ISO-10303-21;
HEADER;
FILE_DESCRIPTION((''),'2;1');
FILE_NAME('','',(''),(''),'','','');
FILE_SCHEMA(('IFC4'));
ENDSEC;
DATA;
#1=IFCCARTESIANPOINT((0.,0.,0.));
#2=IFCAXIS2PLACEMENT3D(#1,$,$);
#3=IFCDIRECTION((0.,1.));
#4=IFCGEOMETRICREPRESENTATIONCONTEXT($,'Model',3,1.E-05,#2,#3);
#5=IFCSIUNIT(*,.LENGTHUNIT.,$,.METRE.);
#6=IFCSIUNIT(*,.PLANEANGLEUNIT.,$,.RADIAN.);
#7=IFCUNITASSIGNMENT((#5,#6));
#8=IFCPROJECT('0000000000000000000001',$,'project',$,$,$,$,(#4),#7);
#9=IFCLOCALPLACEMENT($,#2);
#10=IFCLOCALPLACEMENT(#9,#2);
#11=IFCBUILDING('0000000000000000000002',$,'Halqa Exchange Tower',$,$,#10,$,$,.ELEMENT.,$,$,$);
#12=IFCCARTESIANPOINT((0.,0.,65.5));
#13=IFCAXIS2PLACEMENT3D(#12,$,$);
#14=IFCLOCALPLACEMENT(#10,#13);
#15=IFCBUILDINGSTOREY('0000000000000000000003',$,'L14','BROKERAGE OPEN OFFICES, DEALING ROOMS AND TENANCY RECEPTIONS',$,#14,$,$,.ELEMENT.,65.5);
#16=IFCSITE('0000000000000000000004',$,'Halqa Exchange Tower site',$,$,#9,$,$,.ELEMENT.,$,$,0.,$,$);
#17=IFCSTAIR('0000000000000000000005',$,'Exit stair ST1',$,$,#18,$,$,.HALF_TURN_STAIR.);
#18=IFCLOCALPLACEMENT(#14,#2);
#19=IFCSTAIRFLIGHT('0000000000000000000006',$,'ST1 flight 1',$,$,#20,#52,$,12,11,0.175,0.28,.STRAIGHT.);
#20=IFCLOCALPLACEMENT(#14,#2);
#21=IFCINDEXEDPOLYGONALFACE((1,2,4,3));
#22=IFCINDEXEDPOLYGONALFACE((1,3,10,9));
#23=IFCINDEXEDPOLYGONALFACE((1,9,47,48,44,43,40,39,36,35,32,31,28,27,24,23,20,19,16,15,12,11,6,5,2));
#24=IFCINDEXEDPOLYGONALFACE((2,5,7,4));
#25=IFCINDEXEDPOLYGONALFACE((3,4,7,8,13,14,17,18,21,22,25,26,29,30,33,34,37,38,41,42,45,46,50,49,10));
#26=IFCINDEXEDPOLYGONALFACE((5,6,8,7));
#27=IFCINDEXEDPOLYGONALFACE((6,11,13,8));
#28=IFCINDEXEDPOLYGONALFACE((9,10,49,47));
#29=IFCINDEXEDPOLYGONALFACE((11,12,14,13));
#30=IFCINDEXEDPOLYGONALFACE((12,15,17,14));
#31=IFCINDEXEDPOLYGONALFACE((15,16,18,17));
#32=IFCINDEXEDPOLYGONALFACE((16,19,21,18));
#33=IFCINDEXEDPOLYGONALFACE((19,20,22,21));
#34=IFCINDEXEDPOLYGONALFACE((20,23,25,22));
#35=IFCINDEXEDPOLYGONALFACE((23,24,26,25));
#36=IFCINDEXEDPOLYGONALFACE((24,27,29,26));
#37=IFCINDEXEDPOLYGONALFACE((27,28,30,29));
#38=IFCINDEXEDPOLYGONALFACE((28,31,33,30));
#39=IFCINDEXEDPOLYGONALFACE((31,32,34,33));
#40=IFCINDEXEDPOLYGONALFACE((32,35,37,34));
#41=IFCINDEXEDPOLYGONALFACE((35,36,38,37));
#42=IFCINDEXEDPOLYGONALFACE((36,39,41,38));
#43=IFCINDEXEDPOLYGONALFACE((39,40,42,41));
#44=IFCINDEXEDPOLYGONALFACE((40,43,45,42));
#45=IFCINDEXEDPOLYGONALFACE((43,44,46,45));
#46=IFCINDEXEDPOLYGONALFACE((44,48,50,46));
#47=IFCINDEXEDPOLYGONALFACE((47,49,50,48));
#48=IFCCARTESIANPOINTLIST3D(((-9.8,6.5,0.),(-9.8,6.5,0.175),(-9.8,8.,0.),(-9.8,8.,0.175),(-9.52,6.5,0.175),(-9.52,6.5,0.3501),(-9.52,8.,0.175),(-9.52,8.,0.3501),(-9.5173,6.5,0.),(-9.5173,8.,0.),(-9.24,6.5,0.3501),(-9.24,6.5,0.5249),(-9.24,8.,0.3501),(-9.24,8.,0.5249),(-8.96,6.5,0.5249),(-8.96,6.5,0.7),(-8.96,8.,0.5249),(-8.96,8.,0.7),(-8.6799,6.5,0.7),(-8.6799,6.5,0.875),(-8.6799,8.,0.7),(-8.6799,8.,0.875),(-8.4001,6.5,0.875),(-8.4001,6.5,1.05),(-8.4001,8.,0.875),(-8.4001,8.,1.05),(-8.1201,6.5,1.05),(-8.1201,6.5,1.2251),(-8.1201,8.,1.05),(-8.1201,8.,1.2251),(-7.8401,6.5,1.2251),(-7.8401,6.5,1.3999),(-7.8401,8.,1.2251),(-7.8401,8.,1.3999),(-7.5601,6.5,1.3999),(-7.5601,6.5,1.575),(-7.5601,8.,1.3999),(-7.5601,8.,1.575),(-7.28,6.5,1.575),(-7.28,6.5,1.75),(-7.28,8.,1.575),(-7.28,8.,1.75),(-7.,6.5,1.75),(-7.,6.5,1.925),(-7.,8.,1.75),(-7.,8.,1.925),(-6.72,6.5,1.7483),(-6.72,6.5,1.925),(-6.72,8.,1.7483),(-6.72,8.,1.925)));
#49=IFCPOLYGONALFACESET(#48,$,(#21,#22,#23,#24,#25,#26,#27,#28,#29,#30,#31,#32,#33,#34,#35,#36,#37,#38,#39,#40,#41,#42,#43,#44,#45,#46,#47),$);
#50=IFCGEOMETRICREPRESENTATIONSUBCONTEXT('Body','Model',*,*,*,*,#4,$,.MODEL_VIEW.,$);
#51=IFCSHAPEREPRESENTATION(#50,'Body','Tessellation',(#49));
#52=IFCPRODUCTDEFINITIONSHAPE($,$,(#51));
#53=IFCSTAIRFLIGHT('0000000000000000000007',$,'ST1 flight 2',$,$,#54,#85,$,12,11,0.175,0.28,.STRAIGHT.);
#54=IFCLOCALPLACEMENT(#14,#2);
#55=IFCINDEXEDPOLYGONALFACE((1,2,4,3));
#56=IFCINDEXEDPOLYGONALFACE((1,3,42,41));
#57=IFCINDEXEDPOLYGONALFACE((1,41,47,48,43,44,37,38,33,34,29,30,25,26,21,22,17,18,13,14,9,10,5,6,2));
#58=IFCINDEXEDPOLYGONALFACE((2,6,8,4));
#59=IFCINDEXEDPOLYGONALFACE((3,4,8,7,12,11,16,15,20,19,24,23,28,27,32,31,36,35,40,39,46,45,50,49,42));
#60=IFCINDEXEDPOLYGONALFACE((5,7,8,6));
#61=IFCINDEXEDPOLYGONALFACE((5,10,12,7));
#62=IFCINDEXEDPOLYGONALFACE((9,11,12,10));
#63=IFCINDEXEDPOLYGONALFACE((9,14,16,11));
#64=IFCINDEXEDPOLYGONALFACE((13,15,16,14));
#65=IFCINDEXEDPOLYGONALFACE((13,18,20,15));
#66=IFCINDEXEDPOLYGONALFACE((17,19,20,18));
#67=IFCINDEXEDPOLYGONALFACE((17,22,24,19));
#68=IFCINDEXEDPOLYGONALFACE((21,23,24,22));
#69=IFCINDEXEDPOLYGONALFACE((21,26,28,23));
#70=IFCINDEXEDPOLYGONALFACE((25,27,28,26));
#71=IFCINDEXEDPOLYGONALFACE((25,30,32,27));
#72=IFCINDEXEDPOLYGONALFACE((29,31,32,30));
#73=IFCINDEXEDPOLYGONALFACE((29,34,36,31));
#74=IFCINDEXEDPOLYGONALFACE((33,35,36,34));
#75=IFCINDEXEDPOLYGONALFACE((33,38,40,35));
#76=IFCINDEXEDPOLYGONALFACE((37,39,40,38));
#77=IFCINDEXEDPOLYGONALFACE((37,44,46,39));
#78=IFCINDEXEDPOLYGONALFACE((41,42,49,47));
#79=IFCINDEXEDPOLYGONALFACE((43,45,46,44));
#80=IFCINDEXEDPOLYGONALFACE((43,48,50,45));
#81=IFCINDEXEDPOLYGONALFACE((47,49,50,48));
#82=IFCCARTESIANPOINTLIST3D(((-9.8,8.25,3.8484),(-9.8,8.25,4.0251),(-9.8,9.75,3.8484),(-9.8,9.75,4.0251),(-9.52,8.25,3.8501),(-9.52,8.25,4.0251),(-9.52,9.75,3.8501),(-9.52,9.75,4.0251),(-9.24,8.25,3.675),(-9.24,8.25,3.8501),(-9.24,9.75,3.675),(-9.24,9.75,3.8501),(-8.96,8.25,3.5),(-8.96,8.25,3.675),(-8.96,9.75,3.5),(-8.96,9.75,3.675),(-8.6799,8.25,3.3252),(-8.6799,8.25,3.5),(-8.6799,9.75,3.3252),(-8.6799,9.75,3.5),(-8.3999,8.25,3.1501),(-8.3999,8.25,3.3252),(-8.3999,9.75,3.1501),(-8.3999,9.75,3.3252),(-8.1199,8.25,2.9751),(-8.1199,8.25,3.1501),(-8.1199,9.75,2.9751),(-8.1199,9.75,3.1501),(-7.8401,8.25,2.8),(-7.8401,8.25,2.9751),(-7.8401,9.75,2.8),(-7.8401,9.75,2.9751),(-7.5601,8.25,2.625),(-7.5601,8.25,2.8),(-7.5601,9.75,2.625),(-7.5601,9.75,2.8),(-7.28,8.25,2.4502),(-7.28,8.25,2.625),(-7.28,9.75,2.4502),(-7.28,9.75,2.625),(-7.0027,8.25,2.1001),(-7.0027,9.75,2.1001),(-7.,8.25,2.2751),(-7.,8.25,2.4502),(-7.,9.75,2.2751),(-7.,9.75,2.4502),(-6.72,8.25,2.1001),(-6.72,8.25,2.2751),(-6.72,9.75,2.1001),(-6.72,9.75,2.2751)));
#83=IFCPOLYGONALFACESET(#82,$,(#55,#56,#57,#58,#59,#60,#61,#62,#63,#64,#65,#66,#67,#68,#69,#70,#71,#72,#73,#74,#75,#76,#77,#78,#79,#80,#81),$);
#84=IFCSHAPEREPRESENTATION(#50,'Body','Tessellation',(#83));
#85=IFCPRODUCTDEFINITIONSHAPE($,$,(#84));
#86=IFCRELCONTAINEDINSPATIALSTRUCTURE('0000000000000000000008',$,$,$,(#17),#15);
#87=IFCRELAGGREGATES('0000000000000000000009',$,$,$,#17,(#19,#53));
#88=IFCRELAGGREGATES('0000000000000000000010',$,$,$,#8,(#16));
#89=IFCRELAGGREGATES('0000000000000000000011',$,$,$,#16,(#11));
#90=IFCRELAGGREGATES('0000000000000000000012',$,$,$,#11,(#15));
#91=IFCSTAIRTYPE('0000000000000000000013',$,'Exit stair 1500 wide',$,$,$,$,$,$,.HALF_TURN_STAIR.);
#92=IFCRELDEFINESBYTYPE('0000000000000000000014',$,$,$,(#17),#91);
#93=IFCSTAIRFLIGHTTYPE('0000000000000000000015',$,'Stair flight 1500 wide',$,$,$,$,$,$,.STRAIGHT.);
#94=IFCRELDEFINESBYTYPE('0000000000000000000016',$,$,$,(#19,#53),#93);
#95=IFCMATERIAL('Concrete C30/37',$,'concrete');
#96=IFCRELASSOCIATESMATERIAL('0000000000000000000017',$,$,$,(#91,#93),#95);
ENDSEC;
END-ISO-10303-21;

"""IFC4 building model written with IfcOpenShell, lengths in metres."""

from ifc_helpers import new_model, si_unit, direction, frame, origin, place, context, subcontext, project, spatial, polyline, outline, extrude, material, type_object, element, aggregate, save


model = new_model("IFC4")

# Units and contexts
model_context = context("Model", 3, precision=1e-05, world=origin(), true_north=direction((0.0, 1.0)))
body_context = subcontext(model_context, "Body", "Model", "MODEL_VIEW")
ifc_project = project(units=[si_unit("LENGTHUNIT", "METRE"), si_unit("PLANEANGLEUNIT", "RADIAN")], contexts=[model_context])

# Site, building, storey
site_placement = place(None, origin())
site = spatial("IfcSite", under=ifc_project, at=site_placement, Name="Halqa Exchange Tower site", CompositionType="ELEMENT", RefElevation=0.0)
building_placement = place(site_placement, origin())
building = spatial("IfcBuilding", under=site, at=building_placement, Name="Halqa Exchange Tower", CompositionType="ELEMENT")
storey_placement = place(building_placement, frame((0.0, 0.0, 65.5)))
storey = spatial("IfcBuildingStorey", under=building, at=storey_placement, Name="L14", Description="BROKERAGE OPEN OFFICES, DEALING ROOMS AND TENANCY RECEPTIONS", CompositionType="ELEMENT", Elevation=65.5)

# Shared definitions
ifc_material_1 = material(Name="Concrete C30/37", Category="concrete")

# Stair, stair flights
stair_type = type_object("IfcStairType", Name="Exit stair 1500 wide", PredefinedType="HALF_TURN_STAIR", material=ifc_material_1)
stair_placement = place(storey_placement, origin())
stair = element("IfcStair", 1, at=stair_placement, inside=storey, type_object=stair_type, Name="Exit stair ST1", PredefinedType="HALF_TURN_STAIR")
stair_flight_type = type_object("IfcStairFlightType", Name="Stair flight 1500 wide", PredefinedType="STRAIGHT", material=ifc_material_1)
stair_flight_1_placement = place(storey_placement, frame((-9.8, 7.25, 0.0), z_axis=(0.0, 0.0, 1.0), x_axis=(1.0, 0.0, 0.0)))
stair_flight_1 = element("IfcStairFlight", 2, at=stair_flight_1_placement, type_object=stair_flight_type, Name="ST1 flight 1", NumberOfRisers=12, NumberOfTreads=11, PredefinedType="STRAIGHT", RiserHeight=0.175, TreadLength=0.28, context=body_context, shape_type="SweptSolid", body=[
    extrude(outline(polyline([(0.0, 0.0), (0.0, 0.175), (0.28, 0.175), (0.28, 0.3501), (0.5601, 0.3501), (0.5601, 0.5249), (0.8401, 0.5249), (0.8401, 0.7), (1.1201, 0.7), (1.1201, 0.875), (1.3999, 0.875), (1.3999, 1.05), (1.6799, 1.05), (1.6799, 1.2251), (1.96, 1.2251), (1.96, 1.3999), (2.24, 1.3999), (2.24, 1.575), (2.52, 1.575), (2.52, 1.75), (2.8, 1.75), (2.8, 1.925), (3.0801, 1.925), (3.0801, 2.1001), (3.0801, 1.7483), (0.2827, 0.0), (0.0, 0.0)])), frame((0.0, 0.75, 0.0), z_axis=(0.0, -1.0, 0.0), x_axis=(1.0, 0.0, 0.0)), (0.0, 0.0, 1.0), 1.5),
])
stair_flight_2_placement = place(storey_placement, frame((-6.72, 9.0, 2.1001), z_axis=(0.0, 0.0, 1.0), x_axis=(-1.0, 0.0, 0.0)))
stair_flight_2 = element("IfcStairFlight", 3, at=stair_flight_2_placement, type_object=stair_flight_type, Name="ST1 flight 2", NumberOfRisers=12, NumberOfTreads=11, PredefinedType="STRAIGHT", RiserHeight=0.175, TreadLength=0.28, context=body_context, shape_type="SweptSolid", body=[
    extrude(outline(polyline([(0.0, 0.0), (0.0, 0.175), (0.28, 0.175), (0.28, 0.3501), (0.5601, 0.3501), (0.5601, 0.5249), (0.8401, 0.5249), (0.8401, 0.7), (1.1201, 0.7), (1.1201, 0.875), (1.3999, 0.875), (1.3999, 1.05), (1.6799, 1.05), (1.6799, 1.2251), (1.96, 1.2251), (1.96, 1.3999), (2.24, 1.3999), (2.24, 1.575), (2.52, 1.575), (2.52, 1.75), (2.8, 1.75), (2.8, 1.925), (3.0801, 1.925), (3.0801, 2.1001), (3.0801, 1.7483), (0.2827, 0.0), (0.0, 0.0)])), frame((0.0, 0.75, 0.0), z_axis=(0.0, -1.0, 0.0), x_axis=(1.0, 0.0, 0.0)), (0.0, 0.0, 1.0), 1.5),
])
aggregate(stair, [stair_flight_1, stair_flight_2])

save(model, "model.ifc")
